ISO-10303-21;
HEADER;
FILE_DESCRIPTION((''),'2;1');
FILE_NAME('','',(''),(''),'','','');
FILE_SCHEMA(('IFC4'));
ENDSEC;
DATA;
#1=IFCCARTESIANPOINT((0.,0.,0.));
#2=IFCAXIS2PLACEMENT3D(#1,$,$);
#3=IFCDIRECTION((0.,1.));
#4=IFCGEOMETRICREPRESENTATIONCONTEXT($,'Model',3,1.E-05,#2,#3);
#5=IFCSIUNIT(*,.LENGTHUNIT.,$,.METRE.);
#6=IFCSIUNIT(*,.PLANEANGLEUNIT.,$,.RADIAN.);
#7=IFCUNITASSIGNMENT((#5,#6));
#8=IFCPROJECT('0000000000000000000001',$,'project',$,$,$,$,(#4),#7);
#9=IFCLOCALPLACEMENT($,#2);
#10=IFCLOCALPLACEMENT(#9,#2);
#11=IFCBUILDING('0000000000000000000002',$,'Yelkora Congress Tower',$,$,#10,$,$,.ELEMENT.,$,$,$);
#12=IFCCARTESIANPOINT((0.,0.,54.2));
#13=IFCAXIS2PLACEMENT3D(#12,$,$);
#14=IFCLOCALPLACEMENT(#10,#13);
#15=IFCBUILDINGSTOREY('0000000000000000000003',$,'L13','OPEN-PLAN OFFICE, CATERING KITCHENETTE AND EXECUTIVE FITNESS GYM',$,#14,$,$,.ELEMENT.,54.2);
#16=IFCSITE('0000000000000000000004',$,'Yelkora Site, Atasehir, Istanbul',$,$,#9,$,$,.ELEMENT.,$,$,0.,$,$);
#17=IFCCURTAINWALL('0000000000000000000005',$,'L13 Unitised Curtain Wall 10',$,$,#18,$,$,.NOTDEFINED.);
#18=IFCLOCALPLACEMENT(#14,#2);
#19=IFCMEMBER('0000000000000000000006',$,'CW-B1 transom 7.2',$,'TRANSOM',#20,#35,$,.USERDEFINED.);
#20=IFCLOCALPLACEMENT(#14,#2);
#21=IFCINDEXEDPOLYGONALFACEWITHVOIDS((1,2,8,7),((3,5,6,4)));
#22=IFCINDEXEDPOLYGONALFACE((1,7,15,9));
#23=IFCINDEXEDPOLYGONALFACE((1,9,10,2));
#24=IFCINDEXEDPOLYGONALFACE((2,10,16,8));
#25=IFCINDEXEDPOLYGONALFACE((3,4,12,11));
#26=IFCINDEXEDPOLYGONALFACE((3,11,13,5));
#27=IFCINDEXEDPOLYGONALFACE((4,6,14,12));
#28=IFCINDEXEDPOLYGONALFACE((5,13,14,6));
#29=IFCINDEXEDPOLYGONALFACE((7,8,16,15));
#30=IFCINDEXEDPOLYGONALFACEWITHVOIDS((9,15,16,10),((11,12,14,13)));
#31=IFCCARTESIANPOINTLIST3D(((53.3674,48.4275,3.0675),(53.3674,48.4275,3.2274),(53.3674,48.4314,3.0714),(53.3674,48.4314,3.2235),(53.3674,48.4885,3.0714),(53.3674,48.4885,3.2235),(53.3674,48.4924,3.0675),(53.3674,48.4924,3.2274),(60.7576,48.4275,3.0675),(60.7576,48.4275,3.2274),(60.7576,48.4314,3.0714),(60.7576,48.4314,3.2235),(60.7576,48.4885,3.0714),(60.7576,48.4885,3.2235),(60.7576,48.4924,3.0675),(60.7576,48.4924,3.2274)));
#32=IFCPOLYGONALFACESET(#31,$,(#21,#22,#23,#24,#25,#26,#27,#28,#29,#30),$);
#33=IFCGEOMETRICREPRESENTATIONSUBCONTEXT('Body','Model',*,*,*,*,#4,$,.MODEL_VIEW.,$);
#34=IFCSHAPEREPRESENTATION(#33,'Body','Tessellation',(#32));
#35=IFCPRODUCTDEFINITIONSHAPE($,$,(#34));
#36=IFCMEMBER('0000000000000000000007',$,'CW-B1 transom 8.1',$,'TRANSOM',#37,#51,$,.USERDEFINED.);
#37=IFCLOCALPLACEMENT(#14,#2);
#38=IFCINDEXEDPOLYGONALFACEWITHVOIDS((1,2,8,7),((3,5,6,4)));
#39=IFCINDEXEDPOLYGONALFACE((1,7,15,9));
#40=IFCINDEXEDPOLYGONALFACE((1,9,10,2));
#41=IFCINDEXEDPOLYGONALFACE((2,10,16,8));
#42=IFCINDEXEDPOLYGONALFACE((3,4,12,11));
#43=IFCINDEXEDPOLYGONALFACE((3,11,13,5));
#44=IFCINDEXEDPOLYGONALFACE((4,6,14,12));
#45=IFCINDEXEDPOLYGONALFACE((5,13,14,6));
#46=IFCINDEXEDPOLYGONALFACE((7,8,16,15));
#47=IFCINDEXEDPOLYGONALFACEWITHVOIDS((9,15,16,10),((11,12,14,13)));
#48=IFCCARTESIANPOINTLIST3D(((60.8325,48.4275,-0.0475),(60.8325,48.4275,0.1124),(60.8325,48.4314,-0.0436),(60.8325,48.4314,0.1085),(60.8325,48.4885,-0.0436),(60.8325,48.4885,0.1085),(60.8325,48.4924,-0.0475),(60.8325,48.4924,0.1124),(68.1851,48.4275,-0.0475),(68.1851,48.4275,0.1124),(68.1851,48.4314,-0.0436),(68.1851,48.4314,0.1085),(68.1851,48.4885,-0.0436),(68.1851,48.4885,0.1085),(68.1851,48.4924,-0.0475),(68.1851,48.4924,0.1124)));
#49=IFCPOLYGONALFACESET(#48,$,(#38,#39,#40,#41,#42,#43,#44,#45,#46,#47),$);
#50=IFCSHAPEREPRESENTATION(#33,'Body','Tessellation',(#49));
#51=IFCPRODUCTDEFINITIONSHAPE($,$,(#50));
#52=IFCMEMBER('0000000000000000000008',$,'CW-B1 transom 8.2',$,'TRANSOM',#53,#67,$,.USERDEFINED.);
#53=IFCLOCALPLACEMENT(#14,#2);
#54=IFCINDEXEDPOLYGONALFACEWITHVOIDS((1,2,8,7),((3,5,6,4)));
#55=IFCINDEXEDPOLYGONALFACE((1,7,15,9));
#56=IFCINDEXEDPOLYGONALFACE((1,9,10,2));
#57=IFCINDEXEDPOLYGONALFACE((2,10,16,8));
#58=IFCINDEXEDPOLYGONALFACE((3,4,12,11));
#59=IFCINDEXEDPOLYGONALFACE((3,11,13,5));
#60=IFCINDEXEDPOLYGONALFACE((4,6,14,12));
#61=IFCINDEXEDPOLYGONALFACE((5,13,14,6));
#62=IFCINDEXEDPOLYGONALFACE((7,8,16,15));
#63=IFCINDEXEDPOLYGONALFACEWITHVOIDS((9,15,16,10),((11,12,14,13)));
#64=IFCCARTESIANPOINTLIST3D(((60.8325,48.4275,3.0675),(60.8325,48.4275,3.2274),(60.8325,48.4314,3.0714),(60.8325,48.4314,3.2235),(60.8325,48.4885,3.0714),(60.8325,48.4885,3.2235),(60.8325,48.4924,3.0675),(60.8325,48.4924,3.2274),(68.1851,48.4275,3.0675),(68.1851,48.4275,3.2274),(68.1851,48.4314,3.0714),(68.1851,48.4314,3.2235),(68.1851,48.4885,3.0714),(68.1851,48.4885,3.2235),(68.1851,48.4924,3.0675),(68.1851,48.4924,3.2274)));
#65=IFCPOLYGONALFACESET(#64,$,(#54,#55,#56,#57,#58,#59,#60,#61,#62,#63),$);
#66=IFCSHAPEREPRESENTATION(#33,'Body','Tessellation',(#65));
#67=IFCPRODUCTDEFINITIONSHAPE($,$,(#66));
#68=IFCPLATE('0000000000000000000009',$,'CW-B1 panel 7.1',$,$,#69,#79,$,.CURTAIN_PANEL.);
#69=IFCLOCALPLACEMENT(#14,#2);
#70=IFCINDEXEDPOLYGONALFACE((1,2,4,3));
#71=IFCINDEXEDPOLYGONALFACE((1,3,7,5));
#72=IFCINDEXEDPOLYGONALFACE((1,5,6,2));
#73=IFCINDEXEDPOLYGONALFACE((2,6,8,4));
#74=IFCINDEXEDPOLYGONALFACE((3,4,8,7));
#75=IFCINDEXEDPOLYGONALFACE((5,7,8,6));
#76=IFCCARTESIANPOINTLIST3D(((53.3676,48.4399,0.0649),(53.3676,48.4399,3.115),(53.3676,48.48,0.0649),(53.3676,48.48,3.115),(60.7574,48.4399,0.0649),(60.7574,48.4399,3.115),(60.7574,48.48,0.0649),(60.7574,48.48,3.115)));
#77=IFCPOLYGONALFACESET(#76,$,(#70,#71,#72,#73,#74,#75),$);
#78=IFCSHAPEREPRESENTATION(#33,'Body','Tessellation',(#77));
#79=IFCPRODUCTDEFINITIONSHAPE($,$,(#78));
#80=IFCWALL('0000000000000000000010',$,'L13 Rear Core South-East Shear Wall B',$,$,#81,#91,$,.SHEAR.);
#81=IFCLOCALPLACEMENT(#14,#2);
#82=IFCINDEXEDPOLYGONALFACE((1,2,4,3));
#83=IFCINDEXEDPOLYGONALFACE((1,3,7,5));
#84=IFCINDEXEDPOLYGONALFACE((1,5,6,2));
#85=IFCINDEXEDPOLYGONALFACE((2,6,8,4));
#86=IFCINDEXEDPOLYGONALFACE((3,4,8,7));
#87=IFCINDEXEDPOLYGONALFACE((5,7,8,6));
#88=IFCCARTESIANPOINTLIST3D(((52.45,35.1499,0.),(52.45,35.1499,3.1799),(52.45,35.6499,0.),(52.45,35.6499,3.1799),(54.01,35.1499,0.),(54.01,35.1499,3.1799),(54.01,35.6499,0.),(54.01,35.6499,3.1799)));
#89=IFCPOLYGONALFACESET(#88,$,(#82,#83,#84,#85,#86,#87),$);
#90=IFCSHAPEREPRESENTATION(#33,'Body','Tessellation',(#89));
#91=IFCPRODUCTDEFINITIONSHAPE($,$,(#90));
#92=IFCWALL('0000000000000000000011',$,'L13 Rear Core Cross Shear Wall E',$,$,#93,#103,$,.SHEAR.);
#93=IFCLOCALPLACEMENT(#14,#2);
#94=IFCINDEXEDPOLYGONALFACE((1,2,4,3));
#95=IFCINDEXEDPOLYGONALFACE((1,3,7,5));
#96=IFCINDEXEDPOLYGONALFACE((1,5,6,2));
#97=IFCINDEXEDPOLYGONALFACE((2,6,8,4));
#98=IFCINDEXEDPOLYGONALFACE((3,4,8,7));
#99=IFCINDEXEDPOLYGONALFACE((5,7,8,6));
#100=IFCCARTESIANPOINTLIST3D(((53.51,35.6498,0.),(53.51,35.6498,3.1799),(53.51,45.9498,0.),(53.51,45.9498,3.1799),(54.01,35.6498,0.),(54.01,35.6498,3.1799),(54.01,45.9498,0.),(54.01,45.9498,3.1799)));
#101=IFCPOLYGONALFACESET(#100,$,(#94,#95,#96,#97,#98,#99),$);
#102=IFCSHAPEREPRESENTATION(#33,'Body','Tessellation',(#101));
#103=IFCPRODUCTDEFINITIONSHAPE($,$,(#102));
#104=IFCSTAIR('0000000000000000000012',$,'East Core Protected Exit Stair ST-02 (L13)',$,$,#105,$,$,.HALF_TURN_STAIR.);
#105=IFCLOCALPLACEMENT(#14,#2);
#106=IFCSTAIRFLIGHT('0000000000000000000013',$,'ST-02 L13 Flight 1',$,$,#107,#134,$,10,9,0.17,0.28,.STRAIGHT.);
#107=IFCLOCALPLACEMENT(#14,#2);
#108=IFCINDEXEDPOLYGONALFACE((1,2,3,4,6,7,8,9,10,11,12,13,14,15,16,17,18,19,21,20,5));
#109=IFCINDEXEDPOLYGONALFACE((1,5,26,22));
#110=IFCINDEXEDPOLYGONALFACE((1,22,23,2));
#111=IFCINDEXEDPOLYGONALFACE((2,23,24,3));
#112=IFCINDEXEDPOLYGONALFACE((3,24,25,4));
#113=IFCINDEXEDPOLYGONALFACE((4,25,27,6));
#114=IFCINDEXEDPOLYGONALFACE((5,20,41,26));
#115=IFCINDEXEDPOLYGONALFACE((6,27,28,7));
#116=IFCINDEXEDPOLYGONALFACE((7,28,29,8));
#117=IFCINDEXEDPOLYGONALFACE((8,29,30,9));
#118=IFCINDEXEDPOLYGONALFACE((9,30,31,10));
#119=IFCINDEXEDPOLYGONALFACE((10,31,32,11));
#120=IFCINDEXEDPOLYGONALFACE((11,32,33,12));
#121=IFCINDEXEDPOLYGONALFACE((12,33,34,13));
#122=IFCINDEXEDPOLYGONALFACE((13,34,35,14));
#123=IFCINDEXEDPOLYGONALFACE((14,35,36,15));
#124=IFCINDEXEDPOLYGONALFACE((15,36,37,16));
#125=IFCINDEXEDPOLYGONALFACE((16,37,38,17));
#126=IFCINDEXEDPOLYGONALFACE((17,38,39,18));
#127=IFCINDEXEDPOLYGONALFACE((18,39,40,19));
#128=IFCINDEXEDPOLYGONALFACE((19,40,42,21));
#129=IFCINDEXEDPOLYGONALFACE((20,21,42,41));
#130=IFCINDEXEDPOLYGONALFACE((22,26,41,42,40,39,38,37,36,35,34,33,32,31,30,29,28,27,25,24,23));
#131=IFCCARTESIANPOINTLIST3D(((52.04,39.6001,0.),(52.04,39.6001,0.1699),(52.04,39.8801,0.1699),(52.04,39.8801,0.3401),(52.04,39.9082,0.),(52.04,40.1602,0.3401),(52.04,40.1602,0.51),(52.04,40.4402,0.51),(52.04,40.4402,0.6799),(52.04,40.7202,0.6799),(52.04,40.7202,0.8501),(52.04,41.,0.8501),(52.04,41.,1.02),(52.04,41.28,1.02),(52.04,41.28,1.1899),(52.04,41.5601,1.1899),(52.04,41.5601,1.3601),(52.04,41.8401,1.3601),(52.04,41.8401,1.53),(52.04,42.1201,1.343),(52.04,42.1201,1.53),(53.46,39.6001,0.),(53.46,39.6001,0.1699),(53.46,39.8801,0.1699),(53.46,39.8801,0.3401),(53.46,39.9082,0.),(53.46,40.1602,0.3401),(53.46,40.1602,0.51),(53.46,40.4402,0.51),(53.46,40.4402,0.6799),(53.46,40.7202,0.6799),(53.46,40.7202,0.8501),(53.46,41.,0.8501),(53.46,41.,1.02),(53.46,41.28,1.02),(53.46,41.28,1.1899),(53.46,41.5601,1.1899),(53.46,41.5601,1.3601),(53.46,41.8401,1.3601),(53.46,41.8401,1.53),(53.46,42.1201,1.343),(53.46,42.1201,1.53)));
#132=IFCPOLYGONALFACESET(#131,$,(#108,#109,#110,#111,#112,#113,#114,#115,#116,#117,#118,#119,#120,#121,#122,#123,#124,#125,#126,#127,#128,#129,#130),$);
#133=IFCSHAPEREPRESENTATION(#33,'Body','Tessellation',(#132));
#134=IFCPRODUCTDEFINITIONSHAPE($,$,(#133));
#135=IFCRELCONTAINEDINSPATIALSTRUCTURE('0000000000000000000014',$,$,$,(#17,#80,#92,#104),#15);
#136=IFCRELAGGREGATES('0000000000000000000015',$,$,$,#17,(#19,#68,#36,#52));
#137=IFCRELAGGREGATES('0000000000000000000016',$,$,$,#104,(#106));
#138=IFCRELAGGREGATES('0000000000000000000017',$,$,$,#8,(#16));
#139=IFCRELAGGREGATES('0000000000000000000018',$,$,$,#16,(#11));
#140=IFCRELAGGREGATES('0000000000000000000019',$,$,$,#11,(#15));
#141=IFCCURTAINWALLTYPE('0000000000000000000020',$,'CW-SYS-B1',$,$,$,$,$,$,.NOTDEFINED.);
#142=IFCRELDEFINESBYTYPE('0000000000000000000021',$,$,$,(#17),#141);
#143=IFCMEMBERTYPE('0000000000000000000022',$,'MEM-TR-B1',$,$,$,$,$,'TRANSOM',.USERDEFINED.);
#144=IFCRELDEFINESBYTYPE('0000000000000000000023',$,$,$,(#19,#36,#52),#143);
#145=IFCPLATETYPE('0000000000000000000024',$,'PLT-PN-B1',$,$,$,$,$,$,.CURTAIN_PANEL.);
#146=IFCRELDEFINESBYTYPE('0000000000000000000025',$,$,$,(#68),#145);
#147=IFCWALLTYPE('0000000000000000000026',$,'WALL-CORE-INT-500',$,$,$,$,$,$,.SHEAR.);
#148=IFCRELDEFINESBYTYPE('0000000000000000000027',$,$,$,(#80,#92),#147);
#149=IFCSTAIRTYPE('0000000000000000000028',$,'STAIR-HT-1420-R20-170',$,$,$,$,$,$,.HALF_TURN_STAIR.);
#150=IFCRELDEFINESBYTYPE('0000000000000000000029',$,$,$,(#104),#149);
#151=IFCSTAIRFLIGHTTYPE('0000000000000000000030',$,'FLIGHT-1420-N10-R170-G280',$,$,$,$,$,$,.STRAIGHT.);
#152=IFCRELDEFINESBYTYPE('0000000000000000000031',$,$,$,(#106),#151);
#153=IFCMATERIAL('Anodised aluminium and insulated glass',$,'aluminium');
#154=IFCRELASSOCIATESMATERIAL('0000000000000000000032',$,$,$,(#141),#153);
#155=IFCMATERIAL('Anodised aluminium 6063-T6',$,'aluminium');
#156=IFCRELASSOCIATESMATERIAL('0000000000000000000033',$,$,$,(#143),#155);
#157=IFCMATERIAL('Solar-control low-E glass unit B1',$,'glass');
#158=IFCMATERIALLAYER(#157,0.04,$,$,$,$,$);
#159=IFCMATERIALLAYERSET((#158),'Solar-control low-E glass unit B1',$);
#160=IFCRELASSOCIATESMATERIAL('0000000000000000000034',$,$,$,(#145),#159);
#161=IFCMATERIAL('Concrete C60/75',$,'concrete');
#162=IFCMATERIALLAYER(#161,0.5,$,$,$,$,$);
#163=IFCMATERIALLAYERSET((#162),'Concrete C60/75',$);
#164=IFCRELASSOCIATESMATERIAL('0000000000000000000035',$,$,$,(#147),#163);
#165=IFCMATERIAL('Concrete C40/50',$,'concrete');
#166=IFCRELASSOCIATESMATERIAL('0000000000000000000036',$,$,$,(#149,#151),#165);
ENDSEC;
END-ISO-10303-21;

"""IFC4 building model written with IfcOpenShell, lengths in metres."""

from ifc_helpers import new_model, si_unit, direction, frame, frame_2d, origin, origin_2d, place, context, subcontext, project, spatial, polyline, rectangle, hollow_rectangle, outline, extrude, material, layer, layer_set, material_profile, profile_set, type_object, element, aggregate, save


model = new_model("IFC4")

# Units and contexts
model_context = context("Model", 3, precision=1e-05, world=origin(), true_north=direction((0.0, 1.0)))
body_context = subcontext(model_context, "Body", "Model", "MODEL_VIEW")
ifc_project = project(units=[si_unit("LENGTHUNIT", "METRE"), si_unit("PLANEANGLEUNIT", "RADIAN")], contexts=[model_context])

# Site, building, storey
site_placement = place(None, origin())
site = spatial("IfcSite", under=ifc_project, at=site_placement, Name="Yelkora Site, Atasehir, Istanbul", CompositionType="ELEMENT", RefElevation=0.0)
building_placement = place(site_placement, origin())
building = spatial("IfcBuilding", under=site, at=building_placement, Name="Yelkora Congress Tower", CompositionType="ELEMENT")
storey_placement = place(building_placement, frame((0.0, 0.0, 54.2)))
storey = spatial("IfcBuildingStorey", under=building, at=storey_placement, Name="L13", Description="OPEN-PLAN OFFICE, CATERING KITCHENETTE AND EXECUTIVE FITNESS GYM", CompositionType="ELEMENT", Elevation=54.2)

# Shared definitions
ifc_material_1 = material(Name="Concrete C60/75", Category="concrete")

# Curtain wall, members, plate
ifc_material_2 = material(Name="Anodised aluminium and insulated glass", Category="aluminium")
curtain_wall_type = type_object("IfcCurtainWallType", Name="CW-SYS-B1", PredefinedType="NOTDEFINED", material=ifc_material_2)
curtain_wall_placement = place(storey_placement, origin())
curtain_wall = element("IfcCurtainWall", 1, at=curtain_wall_placement, inside=storey, type_object=curtain_wall_type, Name="L13 Unitised Curtain Wall 10", PredefinedType="NOTDEFINED")
ifc_material_3 = material(Name="Anodised aluminium 6063-T6", Category="aluminium")
ifc_material_profile_1 = material_profile(ifc_material_3, hollow_rectangle(XDim=0.0649, YDim=0.1599, WallThickness=0.0039, at=origin_2d()), Name="ALU 65x160x4")
ifc_profile_set_1 = profile_set([ifc_material_profile_1], Name="Anodised aluminium 6063-T6")
member_type_1 = type_object("IfcMemberType", Name="MEM-TR-B1", ElementType="TRANSOM", PredefinedType="USERDEFINED", material=ifc_profile_set_1)
member_1_placement = place(storey_placement, frame((53.3674, 48.46, 3.1475), z_axis=(1.0, 0.0, 0.0), x_axis=(0.0, 1.0, 0.0)))
member_1 = element("IfcMember", 2, at=member_1_placement, type_object=member_type_1, Name="CW-B1 transom 7.2", ObjectType="TRANSOM", PredefinedType="USERDEFINED", context=body_context, shape_type="SweptSolid", body=[
    extrude(hollow_rectangle(XDim=0.0649, YDim=0.1599, WallThickness=0.0039, at=origin_2d()), origin(), (0.0, 0.0, 1.0), 7.3901),
])
member_2_placement = place(storey_placement, frame((60.8325, 48.46, 0.0325), z_axis=(1.0, 0.0, 0.0), x_axis=(0.0, 1.0, 0.0)))
member_2 = element("IfcMember", 3, at=member_2_placement, type_object=member_type_1, Name="CW-B1 transom 8.1", ObjectType="TRANSOM", PredefinedType="USERDEFINED", context=body_context, shape_type="SweptSolid", body=[
    extrude(hollow_rectangle(XDim=0.0649, YDim=0.1599, WallThickness=0.0039, at=origin_2d()), origin(), (0.0, 0.0, 1.0), 7.3525),
])
member_3_placement = place(storey_placement, frame((60.8325, 48.46, 3.1475), z_axis=(1.0, 0.0, 0.0), x_axis=(0.0, 1.0, 0.0)))
member_3 = element("IfcMember", 4, at=member_3_placement, type_object=member_type_1, Name="CW-B1 transom 8.2", ObjectType="TRANSOM", PredefinedType="USERDEFINED", context=body_context, shape_type="SweptSolid", body=[
    extrude(hollow_rectangle(XDim=0.0649, YDim=0.1599, WallThickness=0.0039, at=origin_2d()), origin(), (0.0, 0.0, 1.0), 7.3525),
])
ifc_material_4 = material(Name="Solar-control low-E glass unit B1", Category="glass")
ifc_layer_1 = layer(ifc_material_4, 0.04)
ifc_layer_set_1 = layer_set([ifc_layer_1], Name="Solar-control low-E glass unit B1")
plate_type = type_object("IfcPlateType", Name="PLT-PN-B1", PredefinedType="CURTAIN_PANEL", material=ifc_layer_set_1)
plate_placement = place(storey_placement, frame((57.0625, 48.46, 0.0649), z_axis=(0.0, 0.0, 1.0), x_axis=(1.0, 0.0, 0.0)))
plate = element("IfcPlate", 5, at=plate_placement, type_object=plate_type, Name="CW-B1 panel 7.1", PredefinedType="CURTAIN_PANEL", context=body_context, shape_type="SweptSolid", body=[
    extrude(rectangle(XDim=7.3899, YDim=0.04, at=origin_2d()), origin(), (0.0, 0.0, 1.0), 3.05),
])
aggregate(curtain_wall, [member_1, plate, member_2, member_3])

# Walls
ifc_layer_2 = layer(ifc_material_1, 0.5)
ifc_layer_set_2 = layer_set([ifc_layer_2], Name="Concrete C60/75")
wall_type = type_object("IfcWallType", Name="WALL-CORE-INT-500", PredefinedType="SHEAR", material=ifc_layer_set_2)
wall_1_placement = place(storey_placement, frame((52.45, 35.3999, 0.0), z_axis=(0.0, 0.0, 1.0), x_axis=(1.0, 0.0, 0.0)))
element("IfcWall", 6, at=wall_1_placement, inside=storey, type_object=wall_type, Name="L13 Rear Core South-East Shear Wall B", PredefinedType="SHEAR", context=body_context, shape_type="SweptSolid", body=[
    extrude(rectangle(XDim=1.5601, YDim=0.5, at=frame_2d((0.78, 0.0))), origin(), (0.0, 0.0, 1.0), 3.1799),
])
wall_2_placement = place(storey_placement, frame((53.76, 35.6499, 0.0), z_axis=(0.0, 0.0, 1.0), x_axis=(0.0, 1.0, 0.0)))
element("IfcWall", 7, at=wall_2_placement, inside=storey, type_object=wall_type, Name="L13 Rear Core Cross Shear Wall E", PredefinedType="SHEAR", context=body_context, shape_type="SweptSolid", body=[
    extrude(rectangle(XDim=10.3, YDim=0.5, at=frame_2d((5.1499, 0.0))), origin(), (0.0, 0.0, 1.0), 3.1799),
])

# Stair, stair flight
ifc_material_5 = material(Name="Concrete C40/50", Category="concrete")
stair_type = type_object("IfcStairType", Name="STAIR-HT-1420-R20-170", PredefinedType="HALF_TURN_STAIR", material=ifc_material_5)
stair_placement = place(storey_placement, origin())
stair = element("IfcStair", 8, at=stair_placement, inside=storey, type_object=stair_type, Name="East Core Protected Exit Stair ST-02 (L13)", PredefinedType="HALF_TURN_STAIR")
stair_flight_type = type_object("IfcStairFlightType", Name="FLIGHT-1420-N10-R170-G280", PredefinedType="STRAIGHT", material=ifc_material_5)
stair_flight_placement = place(storey_placement, frame((52.75, 39.6001, 0.0), z_axis=(0.0, 0.0, 1.0), x_axis=(0.0, 1.0, 0.0)))
stair_flight = element("IfcStairFlight", 9, at=stair_flight_placement, type_object=stair_flight_type, Name="ST-02 L13 Flight 1", NumberOfRisers=10, NumberOfTreads=9, PredefinedType="STRAIGHT", RiserHeight=0.17, TreadLength=0.28, context=body_context, shape_type="SweptSolid", body=[
    extrude(outline(polyline([(0.0, 0.0), (0.0, 0.1699), (0.28, 0.1699), (0.28, 0.3401), (0.5601, 0.3401), (0.5601, 0.51), (0.8401, 0.51), (0.8401, 0.6799), (1.1201, 0.6799), (1.1201, 0.8501), (1.3999, 0.8501), (1.3999, 1.02), (1.6799, 1.02), (1.6799, 1.1899), (1.96, 1.1899), (1.96, 1.3601), (2.24, 1.3601), (2.24, 1.53), (2.52, 1.53), (2.52, 1.7), (2.52, 1.343), (0.3081, 0.0), (0.0, 0.0)])), frame((0.0, 0.71, 0.0), z_axis=(0.0, -1.0, 0.0), x_axis=(1.0, 0.0, 0.0)), (0.0, 0.0, 1.0), 1.4199),
])
aggregate(stair, [stair_flight])

save(model, "model.ifc")
